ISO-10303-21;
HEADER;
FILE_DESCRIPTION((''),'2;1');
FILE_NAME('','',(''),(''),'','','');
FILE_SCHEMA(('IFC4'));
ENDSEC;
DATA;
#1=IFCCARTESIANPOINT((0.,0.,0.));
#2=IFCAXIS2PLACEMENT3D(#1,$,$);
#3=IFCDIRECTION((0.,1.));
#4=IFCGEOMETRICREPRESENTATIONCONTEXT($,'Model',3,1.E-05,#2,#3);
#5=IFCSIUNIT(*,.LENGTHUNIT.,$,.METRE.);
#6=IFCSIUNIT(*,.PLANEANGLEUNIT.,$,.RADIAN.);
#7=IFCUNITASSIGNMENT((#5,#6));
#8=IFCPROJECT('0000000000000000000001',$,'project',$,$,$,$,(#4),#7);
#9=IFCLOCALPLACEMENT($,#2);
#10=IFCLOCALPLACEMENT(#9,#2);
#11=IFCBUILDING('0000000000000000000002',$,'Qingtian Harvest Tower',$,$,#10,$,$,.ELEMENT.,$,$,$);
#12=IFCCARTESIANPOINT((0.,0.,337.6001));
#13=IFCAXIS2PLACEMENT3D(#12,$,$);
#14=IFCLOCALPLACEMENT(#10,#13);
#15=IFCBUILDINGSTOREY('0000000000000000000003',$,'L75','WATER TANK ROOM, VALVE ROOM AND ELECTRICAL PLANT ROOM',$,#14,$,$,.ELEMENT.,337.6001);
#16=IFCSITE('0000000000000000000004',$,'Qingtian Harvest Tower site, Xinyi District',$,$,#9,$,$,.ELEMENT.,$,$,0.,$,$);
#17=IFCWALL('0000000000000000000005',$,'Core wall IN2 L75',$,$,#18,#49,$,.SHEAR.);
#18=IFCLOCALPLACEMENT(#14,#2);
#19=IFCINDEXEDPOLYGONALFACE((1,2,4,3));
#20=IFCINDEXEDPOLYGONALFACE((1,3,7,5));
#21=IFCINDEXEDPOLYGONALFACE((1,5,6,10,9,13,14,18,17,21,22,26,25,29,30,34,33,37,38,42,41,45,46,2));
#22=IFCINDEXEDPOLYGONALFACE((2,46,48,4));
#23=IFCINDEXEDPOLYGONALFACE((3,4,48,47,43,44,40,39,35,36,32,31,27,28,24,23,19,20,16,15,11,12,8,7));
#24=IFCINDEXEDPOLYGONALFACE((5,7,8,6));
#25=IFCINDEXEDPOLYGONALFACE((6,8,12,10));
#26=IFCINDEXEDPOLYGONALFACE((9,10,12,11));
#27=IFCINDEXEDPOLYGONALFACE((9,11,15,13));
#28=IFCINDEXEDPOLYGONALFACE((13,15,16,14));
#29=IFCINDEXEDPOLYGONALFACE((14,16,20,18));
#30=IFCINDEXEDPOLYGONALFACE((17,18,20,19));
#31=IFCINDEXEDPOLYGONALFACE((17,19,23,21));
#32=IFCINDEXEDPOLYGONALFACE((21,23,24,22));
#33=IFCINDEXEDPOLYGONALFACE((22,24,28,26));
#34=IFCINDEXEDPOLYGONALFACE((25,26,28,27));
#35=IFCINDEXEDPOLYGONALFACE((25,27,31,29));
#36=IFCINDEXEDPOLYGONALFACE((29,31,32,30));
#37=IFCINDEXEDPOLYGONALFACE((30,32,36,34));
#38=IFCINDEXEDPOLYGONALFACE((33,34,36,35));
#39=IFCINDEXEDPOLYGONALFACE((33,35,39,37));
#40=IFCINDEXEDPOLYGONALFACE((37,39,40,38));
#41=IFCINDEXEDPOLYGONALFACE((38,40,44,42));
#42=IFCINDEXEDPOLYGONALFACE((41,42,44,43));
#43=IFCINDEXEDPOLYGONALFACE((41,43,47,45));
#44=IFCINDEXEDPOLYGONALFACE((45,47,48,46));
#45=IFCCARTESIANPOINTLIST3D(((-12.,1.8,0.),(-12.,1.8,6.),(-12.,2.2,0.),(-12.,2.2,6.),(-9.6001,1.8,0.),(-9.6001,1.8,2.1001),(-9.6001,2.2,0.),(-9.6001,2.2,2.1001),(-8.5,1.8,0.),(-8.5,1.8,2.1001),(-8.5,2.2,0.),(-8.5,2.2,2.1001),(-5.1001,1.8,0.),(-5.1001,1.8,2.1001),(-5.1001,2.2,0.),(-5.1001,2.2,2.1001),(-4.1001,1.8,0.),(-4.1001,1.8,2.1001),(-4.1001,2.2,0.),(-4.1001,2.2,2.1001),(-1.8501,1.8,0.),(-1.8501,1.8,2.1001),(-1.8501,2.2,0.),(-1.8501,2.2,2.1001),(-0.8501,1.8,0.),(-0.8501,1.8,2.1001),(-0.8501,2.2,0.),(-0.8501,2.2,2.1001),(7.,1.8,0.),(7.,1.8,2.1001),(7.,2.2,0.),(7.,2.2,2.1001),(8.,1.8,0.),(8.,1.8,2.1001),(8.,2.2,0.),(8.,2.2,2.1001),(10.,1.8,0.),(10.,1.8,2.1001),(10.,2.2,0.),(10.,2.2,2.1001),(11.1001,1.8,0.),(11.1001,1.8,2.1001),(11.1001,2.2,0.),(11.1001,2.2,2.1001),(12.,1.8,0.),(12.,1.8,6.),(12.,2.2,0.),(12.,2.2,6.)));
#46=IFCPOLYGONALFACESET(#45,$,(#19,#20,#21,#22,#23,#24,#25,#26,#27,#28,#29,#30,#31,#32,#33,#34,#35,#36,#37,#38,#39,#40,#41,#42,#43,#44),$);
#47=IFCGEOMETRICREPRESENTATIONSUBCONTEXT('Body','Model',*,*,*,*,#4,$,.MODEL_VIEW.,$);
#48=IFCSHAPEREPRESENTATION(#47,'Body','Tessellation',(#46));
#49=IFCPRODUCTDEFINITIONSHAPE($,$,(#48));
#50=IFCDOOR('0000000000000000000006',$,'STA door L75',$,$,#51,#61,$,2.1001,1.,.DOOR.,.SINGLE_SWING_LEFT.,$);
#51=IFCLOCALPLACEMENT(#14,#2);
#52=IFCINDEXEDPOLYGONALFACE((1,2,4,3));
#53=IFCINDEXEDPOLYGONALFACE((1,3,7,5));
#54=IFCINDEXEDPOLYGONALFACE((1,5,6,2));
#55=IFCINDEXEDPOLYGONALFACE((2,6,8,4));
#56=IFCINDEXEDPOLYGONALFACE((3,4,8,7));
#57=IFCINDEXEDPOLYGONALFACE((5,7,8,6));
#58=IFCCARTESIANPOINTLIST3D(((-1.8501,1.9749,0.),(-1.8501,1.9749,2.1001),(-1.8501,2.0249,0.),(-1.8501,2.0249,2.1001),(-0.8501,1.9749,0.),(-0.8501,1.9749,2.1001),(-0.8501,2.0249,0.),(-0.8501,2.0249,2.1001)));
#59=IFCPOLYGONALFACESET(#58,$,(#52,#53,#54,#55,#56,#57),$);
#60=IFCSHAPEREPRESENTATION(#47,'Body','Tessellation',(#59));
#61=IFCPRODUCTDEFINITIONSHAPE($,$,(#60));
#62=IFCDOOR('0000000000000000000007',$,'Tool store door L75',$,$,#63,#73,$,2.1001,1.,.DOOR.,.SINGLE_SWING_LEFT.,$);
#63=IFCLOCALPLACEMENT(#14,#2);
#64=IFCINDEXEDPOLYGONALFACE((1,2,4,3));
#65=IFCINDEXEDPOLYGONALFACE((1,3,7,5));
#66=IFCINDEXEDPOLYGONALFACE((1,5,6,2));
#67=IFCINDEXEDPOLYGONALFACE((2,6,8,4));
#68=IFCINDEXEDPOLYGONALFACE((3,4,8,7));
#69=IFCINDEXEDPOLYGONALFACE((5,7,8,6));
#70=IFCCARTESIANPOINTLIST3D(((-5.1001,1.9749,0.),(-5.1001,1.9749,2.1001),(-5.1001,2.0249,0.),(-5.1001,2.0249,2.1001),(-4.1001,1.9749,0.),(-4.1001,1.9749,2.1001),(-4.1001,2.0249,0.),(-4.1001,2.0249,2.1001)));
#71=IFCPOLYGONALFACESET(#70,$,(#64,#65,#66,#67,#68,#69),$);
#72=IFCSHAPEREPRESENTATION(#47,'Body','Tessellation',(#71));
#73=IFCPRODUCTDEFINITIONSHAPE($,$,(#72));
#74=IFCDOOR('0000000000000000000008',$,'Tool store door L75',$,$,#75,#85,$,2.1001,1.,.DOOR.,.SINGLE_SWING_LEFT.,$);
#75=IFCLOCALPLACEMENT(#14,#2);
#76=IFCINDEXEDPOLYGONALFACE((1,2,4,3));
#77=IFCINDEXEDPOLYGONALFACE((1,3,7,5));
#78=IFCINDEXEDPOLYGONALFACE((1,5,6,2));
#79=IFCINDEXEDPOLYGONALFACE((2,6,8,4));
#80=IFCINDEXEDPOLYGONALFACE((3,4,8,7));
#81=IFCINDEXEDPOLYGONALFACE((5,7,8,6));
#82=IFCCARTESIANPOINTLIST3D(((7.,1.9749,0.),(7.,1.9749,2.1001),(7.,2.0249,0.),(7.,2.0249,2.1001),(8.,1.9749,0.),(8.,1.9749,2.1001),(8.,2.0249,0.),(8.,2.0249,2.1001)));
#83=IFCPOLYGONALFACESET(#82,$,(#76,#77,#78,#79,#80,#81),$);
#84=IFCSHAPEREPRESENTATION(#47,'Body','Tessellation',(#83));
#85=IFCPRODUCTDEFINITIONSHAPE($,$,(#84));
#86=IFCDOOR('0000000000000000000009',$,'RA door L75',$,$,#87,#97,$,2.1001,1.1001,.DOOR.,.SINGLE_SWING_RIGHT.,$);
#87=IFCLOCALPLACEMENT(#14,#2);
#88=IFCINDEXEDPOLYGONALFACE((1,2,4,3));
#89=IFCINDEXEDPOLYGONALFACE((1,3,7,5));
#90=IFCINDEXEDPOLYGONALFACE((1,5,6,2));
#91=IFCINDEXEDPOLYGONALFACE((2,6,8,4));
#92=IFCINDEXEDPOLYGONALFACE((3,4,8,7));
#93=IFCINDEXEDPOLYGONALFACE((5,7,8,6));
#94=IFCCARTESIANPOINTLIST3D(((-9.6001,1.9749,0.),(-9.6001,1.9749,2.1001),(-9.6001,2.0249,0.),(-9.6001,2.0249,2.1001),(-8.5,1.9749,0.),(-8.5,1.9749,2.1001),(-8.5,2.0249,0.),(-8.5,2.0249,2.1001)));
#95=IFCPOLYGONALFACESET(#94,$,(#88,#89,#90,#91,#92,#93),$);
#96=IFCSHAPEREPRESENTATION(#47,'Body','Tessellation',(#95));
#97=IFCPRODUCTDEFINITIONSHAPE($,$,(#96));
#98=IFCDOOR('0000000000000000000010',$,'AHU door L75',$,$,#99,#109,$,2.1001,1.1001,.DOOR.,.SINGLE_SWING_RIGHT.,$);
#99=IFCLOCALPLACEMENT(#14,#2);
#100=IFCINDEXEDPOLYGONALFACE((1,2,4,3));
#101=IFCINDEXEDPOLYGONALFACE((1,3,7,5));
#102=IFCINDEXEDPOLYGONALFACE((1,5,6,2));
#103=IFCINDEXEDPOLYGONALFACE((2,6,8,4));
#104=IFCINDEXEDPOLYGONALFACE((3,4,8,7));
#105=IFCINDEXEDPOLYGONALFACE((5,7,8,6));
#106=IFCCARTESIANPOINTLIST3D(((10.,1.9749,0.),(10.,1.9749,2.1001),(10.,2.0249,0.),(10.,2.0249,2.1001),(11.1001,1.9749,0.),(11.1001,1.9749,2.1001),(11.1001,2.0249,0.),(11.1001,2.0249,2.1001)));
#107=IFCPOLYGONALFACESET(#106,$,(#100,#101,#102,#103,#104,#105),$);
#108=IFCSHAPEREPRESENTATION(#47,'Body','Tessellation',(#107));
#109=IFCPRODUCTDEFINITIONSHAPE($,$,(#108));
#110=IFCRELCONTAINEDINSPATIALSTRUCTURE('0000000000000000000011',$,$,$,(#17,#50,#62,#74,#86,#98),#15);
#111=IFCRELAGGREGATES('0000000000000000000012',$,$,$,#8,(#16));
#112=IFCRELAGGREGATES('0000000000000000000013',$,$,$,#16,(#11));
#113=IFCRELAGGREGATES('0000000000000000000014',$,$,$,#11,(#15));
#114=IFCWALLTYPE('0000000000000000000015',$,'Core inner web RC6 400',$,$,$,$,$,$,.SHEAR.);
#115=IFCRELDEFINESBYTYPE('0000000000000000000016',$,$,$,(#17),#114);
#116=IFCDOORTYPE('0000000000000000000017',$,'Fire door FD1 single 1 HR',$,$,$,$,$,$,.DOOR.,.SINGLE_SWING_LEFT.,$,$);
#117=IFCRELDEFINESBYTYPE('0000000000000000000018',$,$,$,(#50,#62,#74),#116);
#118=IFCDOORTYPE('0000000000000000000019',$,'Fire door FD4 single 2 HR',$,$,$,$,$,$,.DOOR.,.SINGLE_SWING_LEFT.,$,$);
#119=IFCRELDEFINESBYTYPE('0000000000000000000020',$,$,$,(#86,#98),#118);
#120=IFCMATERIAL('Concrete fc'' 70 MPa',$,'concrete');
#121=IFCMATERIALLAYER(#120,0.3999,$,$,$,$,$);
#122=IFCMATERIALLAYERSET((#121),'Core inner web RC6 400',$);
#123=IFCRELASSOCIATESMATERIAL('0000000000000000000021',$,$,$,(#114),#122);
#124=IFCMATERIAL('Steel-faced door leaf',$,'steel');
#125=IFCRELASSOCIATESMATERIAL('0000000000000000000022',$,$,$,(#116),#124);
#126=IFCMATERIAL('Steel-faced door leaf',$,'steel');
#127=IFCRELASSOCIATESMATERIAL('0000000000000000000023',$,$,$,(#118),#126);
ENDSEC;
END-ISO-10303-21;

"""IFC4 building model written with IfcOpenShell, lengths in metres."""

from ifc_helpers import new_model, si_unit, direction, frame, frame_2d, origin, place, context, subcontext, project, spatial, rectangle, extrude, material, layer, layer_set, type_object, element, fill, save


model = new_model("IFC4")

# Units and contexts
model_context = context("Model", 3, precision=1e-05, world=origin(), true_north=direction((0.0, 1.0)))
body_context = subcontext(model_context, "Body", "Model", "MODEL_VIEW")
ifc_project = project(units=[si_unit("LENGTHUNIT", "METRE"), si_unit("PLANEANGLEUNIT", "RADIAN")], contexts=[model_context])

# Site, building, storey
site_placement = place(None, origin())
site = spatial("IfcSite", under=ifc_project, at=site_placement, Name="Qingtian Harvest Tower site, Xinyi District", CompositionType="ELEMENT", RefElevation=0.0)
building_placement = place(site_placement, origin())
building = spatial("IfcBuilding", under=site, at=building_placement, Name="Qingtian Harvest Tower", CompositionType="ELEMENT")
storey_placement = place(building_placement, frame((0.0, 0.0, 337.6001)))
storey = spatial("IfcBuildingStorey", under=building, at=storey_placement, Name="L75", Description="WATER TANK ROOM, VALVE ROOM AND ELECTRICAL PLANT ROOM", CompositionType="ELEMENT", Elevation=337.6001)

# Wall, openings, doors
ifc_material_1 = material(Name="Concrete fc' 70 MPa", Category="concrete")
ifc_layer_1 = layer(ifc_material_1, 0.3999)
ifc_layer_set_1 = layer_set([ifc_layer_1], Name="Core inner web RC6 400")
wall_type_1 = type_object("IfcWallType", Name="Core inner web RC6 400", PredefinedType="SHEAR", material=ifc_layer_set_1)
wall_1_placement = place(storey_placement, frame((-12.0, 2.0, 0.0), z_axis=(0.0, 0.0, 1.0), x_axis=(1.0, 0.0, 0.0)))
wall_1 = element("IfcWall", 1, at=wall_1_placement, inside=storey, type_object=wall_type_1, Name="Core wall IN2 L75", PredefinedType="SHEAR", context=body_context, shape_type="SweptSolid", body=[
    extrude(rectangle(XDim=24.0, YDim=0.3999, at=frame_2d((12.0, 0.0))), origin(), (0.0, 0.0, 1.0), 6.0),
])
opening_1_placement = place(wall_1_placement, frame((2.3999, 0.0, 0.0)))
opening_1 = element("IfcOpeningElement", 2, at=opening_1_placement, cuts=wall_1, PredefinedType="OPENING", context=body_context, shape_type="SweptSolid", body=[
    extrude(rectangle(XDim=1.1001, YDim=2.1001, at=frame_2d((0.55, 1.05))), frame((0.0, 0.21, 0.0), z_axis=(0.0, -1.0, 0.0), x_axis=(1.0, 0.0, 0.0)), (0.0, 0.0, 1.0), 0.4199),
])
opening_2_placement = place(wall_1_placement, frame((22.0, 0.0, 0.0)))
opening_2 = element("IfcOpeningElement", 3, at=opening_2_placement, cuts=wall_1, PredefinedType="OPENING", context=body_context, shape_type="SweptSolid", body=[
    extrude(rectangle(XDim=1.1001, YDim=2.1001, at=frame_2d((0.55, 1.05))), frame((0.0, 0.21, 0.0), z_axis=(0.0, -1.0, 0.0), x_axis=(1.0, 0.0, 0.0)), (0.0, 0.0, 1.0), 0.4199),
])
opening_3_placement = place(wall_1_placement, frame((10.1499, 0.0, 0.0)))
opening_3 = element("IfcOpeningElement", 4, at=opening_3_placement, cuts=wall_1, PredefinedType="OPENING", context=body_context, shape_type="SweptSolid", body=[
    extrude(rectangle(XDim=1.0, YDim=2.1001, at=frame_2d((0.5, 1.05))), frame((0.0, 0.21, 0.0), z_axis=(0.0, -1.0, 0.0), x_axis=(1.0, 0.0, 0.0)), (0.0, 0.0, 1.0), 0.4199),
])
opening_4_placement = place(wall_1_placement, frame((6.8999, 0.0, 0.0)))
opening_4 = element("IfcOpeningElement", 5, at=opening_4_placement, cuts=wall_1, PredefinedType="OPENING", context=body_context, shape_type="SweptSolid", body=[
    extrude(rectangle(XDim=1.0, YDim=2.1001, at=frame_2d((0.5, 1.05))), frame((0.0, 0.21, 0.0), z_axis=(0.0, -1.0, 0.0), x_axis=(1.0, 0.0, 0.0)), (0.0, 0.0, 1.0), 0.4199),
])
opening_5_placement = place(wall_1_placement, frame((19.0, 0.0, 0.0)))
opening_5 = element("IfcOpeningElement", 6, at=opening_5_placement, cuts=wall_1, PredefinedType="OPENING", context=body_context, shape_type="SweptSolid", body=[
    extrude(rectangle(XDim=1.0, YDim=2.1001, at=frame_2d((0.5, 1.05))), frame((0.0, 0.21, 0.0), z_axis=(0.0, -1.0, 0.0), x_axis=(1.0, 0.0, 0.0)), (0.0, 0.0, 1.0), 0.4199),
])
ifc_material_2 = material(Name="Steel-faced door leaf", Category="steel")
door_type_1 = type_object("IfcDoorType", Name="Fire door FD1 single 1 HR", OperationType="SINGLE_SWING_LEFT", PredefinedType="DOOR", material=ifc_material_2)
door_1_placement = place(opening_3_placement, origin())
door_1 = element("IfcDoor", 7, at=door_1_placement, inside=storey, type_object=door_type_1, Name="STA door L75", OperationType="SINGLE_SWING_LEFT", OverallHeight=2.1001, OverallWidth=1.0, PredefinedType="DOOR", context=body_context, shape_type="SweptSolid", body=[
    extrude(rectangle(XDim=1.0, YDim=2.1001, at=frame_2d((0.5, 1.05))), frame((0.0, 0.0249, 0.0), z_axis=(0.0, -1.0, 0.0), x_axis=(1.0, 0.0, 0.0)), (0.0, 0.0, 1.0), 0.05),
])
fill(opening_3, door_1)
door_2_placement = place(opening_4_placement, origin())
door_2 = element("IfcDoor", 8, at=door_2_placement, inside=storey, type_object=door_type_1, Name="Tool store door L75", OperationType="SINGLE_SWING_LEFT", OverallHeight=2.1001, OverallWidth=1.0, PredefinedType="DOOR", context=body_context, shape_type="SweptSolid", body=[
    extrude(rectangle(XDim=1.0, YDim=2.1001, at=frame_2d((0.5, 1.05))), frame((0.0, 0.0249, 0.0), z_axis=(0.0, -1.0, 0.0), x_axis=(1.0, 0.0, 0.0)), (0.0, 0.0, 1.0), 0.05),
])
fill(opening_4, door_2)
door_3_placement = place(opening_5_placement, origin())
door_3 = element("IfcDoor", 9, at=door_3_placement, inside=storey, type_object=door_type_1, Name="Tool store door L75", OperationType="SINGLE_SWING_LEFT", OverallHeight=2.1001, OverallWidth=1.0, PredefinedType="DOOR", context=body_context, shape_type="SweptSolid", body=[
    extrude(rectangle(XDim=1.0, YDim=2.1001, at=frame_2d((0.5, 1.05))), frame((0.0, 0.0249, 0.0), z_axis=(0.0, -1.0, 0.0), x_axis=(1.0, 0.0, 0.0)), (0.0, 0.0, 1.0), 0.05),
])
fill(opening_5, door_3)
ifc_material_3 = material(Name="Steel-faced door leaf", Category="steel")
door_type_2 = type_object("IfcDoorType", Name="Fire door FD4 single 2 HR", OperationType="SINGLE_SWING_LEFT", PredefinedType="DOOR", material=ifc_material_3)
door_4_placement = place(opening_1_placement, origin())
door_4 = element("IfcDoor", 10, at=door_4_placement, inside=storey, type_object=door_type_2, Name="RA door L75", OperationType="SINGLE_SWING_RIGHT", OverallHeight=2.1001, OverallWidth=1.1001, PredefinedType="DOOR", context=body_context, shape_type="SweptSolid", body=[
    extrude(rectangle(XDim=1.1001, YDim=2.1001, at=frame_2d((0.55, 1.05))), frame((0.0, 0.0249, 0.0), z_axis=(0.0, -1.0, 0.0), x_axis=(1.0, 0.0, 0.0)), (0.0, 0.0, 1.0), 0.05),
])
fill(opening_1, door_4)
door_5_placement = place(opening_2_placement, origin())
door_5 = element("IfcDoor", 11, at=door_5_placement, inside=storey, type_object=door_type_2, Name="AHU door L75", OperationType="SINGLE_SWING_RIGHT", OverallHeight=2.1001, OverallWidth=1.1001, PredefinedType="DOOR", context=body_context, shape_type="SweptSolid", body=[
    extrude(rectangle(XDim=1.1001, YDim=2.1001, at=frame_2d((0.55, 1.05))), frame((0.0, 0.0249, 0.0), z_axis=(0.0, -1.0, 0.0), x_axis=(1.0, 0.0, 0.0)), (0.0, 0.0, 1.0), 0.05),
])
fill(opening_2, door_5)

save(model, "model.ifc")
